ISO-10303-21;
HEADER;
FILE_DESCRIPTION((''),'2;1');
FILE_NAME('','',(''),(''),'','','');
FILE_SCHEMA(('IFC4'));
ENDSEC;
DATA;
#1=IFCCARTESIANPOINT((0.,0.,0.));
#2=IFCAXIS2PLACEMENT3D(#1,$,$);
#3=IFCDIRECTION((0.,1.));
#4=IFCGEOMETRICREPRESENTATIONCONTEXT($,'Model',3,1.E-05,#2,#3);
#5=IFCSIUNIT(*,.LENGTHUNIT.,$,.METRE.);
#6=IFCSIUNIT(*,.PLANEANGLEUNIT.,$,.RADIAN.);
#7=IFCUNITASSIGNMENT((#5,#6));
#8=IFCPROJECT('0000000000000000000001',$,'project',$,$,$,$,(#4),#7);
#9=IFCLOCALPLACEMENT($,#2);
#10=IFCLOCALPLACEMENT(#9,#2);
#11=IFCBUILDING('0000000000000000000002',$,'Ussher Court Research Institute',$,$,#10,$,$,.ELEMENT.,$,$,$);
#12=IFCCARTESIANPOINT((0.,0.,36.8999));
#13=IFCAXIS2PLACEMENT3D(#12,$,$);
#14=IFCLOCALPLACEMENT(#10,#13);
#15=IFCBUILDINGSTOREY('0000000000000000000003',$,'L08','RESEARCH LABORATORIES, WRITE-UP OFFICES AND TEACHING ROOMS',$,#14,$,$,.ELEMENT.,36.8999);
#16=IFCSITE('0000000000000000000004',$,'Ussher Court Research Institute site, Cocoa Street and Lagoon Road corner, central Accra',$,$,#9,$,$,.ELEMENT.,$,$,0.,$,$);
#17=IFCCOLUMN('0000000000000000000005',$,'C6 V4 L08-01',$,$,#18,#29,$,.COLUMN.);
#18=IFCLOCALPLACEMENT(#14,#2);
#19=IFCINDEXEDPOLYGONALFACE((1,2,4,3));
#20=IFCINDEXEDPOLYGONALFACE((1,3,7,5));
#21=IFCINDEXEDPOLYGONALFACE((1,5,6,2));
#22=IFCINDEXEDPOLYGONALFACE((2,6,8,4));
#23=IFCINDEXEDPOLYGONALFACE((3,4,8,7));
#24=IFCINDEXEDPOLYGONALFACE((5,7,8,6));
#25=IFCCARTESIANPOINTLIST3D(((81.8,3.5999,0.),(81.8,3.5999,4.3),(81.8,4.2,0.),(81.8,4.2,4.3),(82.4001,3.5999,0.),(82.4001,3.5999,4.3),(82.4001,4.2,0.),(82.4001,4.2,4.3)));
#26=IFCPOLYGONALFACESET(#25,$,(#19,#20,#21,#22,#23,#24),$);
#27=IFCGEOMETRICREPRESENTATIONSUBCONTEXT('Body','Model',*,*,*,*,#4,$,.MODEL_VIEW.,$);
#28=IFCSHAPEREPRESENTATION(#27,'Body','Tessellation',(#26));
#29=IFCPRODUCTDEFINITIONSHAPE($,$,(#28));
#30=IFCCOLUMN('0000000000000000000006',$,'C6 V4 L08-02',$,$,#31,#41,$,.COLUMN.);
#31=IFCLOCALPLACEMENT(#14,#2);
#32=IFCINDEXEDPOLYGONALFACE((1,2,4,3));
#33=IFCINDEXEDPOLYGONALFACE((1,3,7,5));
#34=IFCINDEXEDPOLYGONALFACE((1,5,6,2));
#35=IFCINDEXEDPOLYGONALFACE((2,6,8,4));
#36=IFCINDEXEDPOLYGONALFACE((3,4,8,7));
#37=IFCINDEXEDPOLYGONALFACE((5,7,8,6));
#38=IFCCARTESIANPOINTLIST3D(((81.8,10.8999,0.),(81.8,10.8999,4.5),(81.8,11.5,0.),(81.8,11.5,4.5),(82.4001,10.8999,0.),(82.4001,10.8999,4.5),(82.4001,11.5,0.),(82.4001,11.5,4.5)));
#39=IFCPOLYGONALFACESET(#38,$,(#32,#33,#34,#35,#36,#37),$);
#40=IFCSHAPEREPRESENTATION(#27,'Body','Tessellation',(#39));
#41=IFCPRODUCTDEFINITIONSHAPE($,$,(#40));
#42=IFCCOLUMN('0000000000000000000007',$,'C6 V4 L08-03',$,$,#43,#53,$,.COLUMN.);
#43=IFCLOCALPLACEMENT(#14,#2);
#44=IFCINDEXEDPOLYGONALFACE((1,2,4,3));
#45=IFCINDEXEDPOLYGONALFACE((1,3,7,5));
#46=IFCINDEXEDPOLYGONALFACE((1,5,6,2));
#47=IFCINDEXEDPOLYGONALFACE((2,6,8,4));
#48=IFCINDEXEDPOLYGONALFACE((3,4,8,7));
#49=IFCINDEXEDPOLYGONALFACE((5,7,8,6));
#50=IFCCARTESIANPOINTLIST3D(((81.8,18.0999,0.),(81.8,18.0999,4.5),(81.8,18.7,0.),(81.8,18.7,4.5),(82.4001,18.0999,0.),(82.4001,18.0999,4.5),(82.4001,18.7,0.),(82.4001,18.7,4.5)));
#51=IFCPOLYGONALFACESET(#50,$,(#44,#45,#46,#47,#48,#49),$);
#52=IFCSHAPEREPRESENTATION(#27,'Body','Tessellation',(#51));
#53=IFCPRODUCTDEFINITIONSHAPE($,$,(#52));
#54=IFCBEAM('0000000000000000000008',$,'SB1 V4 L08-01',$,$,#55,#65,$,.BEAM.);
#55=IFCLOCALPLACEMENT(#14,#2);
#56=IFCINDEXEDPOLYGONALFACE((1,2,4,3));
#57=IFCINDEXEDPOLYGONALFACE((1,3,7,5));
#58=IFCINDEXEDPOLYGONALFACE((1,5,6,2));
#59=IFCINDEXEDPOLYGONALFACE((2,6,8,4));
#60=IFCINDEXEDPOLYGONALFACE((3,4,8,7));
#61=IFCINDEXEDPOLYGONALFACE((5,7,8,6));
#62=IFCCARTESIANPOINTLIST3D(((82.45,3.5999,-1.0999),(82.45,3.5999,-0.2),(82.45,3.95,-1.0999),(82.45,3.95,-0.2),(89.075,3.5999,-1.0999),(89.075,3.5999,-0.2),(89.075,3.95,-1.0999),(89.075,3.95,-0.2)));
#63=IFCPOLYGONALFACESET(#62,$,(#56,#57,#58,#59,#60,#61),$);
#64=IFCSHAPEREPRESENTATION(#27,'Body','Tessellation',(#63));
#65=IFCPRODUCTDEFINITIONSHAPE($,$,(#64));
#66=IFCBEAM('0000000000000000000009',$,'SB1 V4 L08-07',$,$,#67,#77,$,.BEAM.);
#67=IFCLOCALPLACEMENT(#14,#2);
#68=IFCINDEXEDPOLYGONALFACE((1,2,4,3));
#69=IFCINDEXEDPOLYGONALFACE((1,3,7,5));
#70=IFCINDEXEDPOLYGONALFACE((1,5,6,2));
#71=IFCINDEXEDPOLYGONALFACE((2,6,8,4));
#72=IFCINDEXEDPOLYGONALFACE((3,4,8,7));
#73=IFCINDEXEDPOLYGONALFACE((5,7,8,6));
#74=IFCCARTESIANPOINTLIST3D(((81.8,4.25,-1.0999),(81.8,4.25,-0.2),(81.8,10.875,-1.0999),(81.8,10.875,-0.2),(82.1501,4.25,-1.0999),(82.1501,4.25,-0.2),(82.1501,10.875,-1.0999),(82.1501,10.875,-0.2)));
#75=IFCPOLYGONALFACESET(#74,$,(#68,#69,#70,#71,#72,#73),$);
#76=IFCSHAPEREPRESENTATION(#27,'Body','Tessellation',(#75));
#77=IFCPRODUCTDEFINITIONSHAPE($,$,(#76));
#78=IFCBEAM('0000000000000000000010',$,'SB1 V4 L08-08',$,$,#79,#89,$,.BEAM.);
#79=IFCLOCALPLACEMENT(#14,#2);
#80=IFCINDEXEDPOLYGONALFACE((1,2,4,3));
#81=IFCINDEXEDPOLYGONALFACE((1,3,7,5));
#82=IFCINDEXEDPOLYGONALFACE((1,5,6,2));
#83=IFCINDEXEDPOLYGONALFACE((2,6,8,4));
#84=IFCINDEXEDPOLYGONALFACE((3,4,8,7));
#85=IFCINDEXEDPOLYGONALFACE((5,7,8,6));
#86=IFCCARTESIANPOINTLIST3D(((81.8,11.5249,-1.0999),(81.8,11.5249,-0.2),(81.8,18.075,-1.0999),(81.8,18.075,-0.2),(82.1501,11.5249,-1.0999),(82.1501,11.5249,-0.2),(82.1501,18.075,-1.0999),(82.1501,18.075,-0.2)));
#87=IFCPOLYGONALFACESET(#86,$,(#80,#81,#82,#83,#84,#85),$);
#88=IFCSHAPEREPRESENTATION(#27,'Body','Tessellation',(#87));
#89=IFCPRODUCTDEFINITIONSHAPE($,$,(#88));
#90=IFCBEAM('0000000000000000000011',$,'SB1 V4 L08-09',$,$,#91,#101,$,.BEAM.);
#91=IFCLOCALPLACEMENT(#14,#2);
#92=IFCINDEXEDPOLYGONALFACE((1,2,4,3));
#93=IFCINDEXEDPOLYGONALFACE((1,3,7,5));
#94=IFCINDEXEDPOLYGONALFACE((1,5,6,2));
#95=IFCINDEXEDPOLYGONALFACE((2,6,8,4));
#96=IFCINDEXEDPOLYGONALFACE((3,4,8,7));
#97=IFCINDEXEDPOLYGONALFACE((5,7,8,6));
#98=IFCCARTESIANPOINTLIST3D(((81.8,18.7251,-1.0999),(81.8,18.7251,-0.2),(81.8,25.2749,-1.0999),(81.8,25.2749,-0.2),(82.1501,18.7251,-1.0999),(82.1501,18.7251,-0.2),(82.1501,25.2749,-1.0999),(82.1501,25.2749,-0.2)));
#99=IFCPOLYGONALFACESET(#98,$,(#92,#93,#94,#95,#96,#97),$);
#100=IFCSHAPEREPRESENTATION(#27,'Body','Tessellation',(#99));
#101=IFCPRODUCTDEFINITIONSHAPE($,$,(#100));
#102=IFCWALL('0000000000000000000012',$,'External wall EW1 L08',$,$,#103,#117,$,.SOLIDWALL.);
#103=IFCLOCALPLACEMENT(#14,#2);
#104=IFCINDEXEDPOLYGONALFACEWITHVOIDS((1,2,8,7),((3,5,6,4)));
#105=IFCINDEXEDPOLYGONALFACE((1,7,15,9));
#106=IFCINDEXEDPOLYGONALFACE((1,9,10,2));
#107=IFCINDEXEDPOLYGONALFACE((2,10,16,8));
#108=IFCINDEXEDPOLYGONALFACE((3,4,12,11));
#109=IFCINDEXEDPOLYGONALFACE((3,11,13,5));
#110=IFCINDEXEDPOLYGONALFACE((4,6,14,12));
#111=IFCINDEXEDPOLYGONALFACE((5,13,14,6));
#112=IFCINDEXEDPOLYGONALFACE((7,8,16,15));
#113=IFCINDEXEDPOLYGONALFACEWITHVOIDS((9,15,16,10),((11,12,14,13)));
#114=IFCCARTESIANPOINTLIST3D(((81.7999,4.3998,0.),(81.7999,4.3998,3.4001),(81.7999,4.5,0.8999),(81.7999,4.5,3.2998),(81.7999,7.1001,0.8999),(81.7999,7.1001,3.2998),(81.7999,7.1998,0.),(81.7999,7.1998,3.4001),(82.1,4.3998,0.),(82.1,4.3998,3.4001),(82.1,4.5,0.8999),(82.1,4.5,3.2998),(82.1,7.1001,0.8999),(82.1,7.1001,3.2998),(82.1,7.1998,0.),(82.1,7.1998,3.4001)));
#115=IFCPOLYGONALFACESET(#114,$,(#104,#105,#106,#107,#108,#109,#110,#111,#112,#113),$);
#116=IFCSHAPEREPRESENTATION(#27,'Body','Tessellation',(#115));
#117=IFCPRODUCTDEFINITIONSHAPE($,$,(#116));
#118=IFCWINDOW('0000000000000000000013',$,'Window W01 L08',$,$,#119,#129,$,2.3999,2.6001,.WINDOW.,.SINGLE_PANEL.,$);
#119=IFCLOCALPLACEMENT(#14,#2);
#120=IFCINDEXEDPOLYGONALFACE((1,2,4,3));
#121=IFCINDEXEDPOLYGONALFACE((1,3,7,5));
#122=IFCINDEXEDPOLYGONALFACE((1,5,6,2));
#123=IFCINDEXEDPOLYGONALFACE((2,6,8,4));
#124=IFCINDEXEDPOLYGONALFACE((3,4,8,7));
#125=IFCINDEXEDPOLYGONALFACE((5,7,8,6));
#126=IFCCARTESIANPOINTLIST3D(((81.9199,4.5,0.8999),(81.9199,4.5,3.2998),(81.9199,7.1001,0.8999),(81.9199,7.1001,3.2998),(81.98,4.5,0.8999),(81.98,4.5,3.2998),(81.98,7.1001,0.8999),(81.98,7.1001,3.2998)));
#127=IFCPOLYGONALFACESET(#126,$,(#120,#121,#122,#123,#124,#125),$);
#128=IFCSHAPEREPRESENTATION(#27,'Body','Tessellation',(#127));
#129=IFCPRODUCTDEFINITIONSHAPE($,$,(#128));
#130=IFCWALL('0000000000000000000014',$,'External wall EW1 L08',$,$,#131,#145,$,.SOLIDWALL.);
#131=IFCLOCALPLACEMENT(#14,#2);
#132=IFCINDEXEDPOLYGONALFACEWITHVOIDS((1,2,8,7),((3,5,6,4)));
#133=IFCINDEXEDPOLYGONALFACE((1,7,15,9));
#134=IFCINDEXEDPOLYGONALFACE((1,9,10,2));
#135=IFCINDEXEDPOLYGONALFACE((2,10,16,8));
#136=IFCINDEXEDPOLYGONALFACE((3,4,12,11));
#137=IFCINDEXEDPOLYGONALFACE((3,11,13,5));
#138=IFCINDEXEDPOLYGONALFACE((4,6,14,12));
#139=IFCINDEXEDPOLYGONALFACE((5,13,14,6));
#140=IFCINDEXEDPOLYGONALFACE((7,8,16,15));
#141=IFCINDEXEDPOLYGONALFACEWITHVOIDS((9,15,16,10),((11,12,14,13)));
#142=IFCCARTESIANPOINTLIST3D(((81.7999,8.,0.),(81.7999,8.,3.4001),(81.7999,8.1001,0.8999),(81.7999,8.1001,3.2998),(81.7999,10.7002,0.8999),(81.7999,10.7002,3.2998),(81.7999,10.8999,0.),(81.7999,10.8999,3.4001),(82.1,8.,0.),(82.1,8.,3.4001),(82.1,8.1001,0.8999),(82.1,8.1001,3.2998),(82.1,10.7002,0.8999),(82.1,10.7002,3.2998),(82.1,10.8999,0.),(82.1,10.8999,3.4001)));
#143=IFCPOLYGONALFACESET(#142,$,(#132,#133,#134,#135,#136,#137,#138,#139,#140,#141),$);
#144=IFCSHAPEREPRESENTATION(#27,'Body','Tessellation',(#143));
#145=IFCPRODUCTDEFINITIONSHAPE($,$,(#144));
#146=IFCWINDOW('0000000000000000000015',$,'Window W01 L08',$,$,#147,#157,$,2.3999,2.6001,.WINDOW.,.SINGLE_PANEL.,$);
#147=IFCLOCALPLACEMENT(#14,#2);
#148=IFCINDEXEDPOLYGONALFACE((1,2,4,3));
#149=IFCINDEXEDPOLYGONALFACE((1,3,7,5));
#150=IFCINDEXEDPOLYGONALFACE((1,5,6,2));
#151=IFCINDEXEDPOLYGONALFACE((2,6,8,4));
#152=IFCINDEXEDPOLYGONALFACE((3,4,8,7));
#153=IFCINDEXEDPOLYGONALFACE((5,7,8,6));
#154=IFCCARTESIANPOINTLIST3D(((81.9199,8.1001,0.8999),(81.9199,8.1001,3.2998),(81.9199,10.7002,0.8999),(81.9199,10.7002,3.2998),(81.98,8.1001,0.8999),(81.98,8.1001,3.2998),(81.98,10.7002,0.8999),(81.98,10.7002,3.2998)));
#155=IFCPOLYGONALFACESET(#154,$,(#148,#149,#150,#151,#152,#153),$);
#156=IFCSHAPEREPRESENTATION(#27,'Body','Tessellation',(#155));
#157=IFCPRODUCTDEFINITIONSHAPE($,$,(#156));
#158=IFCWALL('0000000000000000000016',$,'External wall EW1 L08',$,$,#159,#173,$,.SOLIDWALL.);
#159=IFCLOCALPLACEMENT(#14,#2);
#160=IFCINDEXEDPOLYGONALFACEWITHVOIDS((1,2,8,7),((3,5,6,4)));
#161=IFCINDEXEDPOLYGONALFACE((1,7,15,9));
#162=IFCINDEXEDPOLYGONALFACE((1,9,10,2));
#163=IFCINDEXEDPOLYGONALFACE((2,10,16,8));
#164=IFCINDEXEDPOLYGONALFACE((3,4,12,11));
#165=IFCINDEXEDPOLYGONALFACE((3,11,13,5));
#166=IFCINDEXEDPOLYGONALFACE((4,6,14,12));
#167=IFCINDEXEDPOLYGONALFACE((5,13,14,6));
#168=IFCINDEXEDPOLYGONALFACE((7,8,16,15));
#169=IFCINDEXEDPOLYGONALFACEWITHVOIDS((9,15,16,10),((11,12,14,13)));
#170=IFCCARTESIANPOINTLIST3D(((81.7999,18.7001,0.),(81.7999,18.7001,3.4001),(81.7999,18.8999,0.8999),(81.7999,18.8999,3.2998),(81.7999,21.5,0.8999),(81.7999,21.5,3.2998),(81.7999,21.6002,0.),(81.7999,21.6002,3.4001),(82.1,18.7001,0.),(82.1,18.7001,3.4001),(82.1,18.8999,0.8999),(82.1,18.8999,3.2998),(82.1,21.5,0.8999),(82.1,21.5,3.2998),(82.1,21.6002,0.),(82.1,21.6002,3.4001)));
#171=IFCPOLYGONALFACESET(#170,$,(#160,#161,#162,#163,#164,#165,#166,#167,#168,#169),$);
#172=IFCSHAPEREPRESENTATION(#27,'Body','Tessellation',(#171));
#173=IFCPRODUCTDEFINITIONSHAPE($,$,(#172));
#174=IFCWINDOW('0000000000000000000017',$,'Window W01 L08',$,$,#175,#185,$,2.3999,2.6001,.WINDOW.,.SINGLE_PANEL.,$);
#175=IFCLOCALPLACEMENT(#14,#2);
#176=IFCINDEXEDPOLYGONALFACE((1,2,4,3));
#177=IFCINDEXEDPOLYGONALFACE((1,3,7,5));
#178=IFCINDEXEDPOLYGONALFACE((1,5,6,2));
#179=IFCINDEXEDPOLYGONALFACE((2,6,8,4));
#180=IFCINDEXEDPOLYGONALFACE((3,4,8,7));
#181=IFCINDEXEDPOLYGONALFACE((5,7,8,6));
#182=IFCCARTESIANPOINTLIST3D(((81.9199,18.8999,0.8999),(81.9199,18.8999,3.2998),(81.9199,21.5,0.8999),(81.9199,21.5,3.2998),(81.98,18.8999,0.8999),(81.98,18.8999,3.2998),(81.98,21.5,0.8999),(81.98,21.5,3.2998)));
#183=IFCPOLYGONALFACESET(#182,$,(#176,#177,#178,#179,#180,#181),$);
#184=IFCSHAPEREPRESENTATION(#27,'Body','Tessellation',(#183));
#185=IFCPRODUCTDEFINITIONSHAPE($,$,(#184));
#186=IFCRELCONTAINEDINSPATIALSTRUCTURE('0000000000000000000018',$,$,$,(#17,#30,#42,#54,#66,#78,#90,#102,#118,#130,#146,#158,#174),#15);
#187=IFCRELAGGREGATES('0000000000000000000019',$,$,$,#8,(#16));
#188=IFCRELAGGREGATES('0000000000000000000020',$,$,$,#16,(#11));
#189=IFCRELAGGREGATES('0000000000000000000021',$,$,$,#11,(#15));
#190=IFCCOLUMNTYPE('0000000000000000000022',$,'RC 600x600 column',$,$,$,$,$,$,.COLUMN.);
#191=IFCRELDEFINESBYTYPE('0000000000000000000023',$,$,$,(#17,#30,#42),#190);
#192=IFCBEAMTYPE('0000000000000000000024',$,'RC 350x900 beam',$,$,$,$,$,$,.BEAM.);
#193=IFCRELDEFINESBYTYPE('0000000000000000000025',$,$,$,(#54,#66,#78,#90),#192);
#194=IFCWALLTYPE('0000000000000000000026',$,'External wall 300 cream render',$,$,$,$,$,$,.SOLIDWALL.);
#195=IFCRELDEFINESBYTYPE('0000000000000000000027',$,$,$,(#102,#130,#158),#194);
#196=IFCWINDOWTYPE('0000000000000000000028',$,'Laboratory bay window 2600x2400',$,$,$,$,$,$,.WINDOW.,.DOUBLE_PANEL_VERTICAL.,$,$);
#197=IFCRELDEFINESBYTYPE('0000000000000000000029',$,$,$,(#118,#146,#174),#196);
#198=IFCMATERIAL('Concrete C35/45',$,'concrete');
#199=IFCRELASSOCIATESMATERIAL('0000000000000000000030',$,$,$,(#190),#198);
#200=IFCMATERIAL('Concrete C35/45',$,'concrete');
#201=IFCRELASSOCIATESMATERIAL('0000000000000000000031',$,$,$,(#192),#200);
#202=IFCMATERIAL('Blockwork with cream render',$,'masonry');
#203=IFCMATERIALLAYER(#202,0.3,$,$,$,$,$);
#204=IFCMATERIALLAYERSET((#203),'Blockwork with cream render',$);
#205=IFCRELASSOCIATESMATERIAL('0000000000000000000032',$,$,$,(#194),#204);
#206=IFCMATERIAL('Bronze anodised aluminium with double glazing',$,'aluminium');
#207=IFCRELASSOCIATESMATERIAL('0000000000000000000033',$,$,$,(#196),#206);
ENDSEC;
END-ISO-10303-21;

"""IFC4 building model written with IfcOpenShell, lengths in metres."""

from ifc_helpers import new_model, si_unit, direction, frame, frame_2d, origin, origin_2d, place, context, subcontext, project, spatial, rectangle, extrude, material, layer, layer_set, material_profile, profile_set, type_object, element, fill, save


model = new_model("IFC4")

# Units and contexts
model_context = context("Model", 3, precision=1e-05, world=origin(), true_north=direction((0.0, 1.0)))
body_context = subcontext(model_context, "Body", "Model", "MODEL_VIEW")
ifc_project = project(units=[si_unit("LENGTHUNIT", "METRE"), si_unit("PLANEANGLEUNIT", "RADIAN")], contexts=[model_context])

# Site, building, storey
site_placement = place(None, origin())
site = spatial("IfcSite", under=ifc_project, at=site_placement, Name="Ussher Court Research Institute site, Cocoa Street and Lagoon Road corner, central Accra", CompositionType="ELEMENT", RefElevation=0.0)
building_placement = place(site_placement, origin())
building = spatial("IfcBuilding", under=site, at=building_placement, Name="Ussher Court Research Institute", CompositionType="ELEMENT")
storey_placement = place(building_placement, frame((0.0, 0.0, 36.8999)))
storey = spatial("IfcBuildingStorey", under=building, at=storey_placement, Name="L08", Description="RESEARCH LABORATORIES, WRITE-UP OFFICES AND TEACHING ROOMS", CompositionType="ELEMENT", Elevation=36.8999)

# Columns
ifc_material_1 = material(Name="Concrete C35/45", Category="concrete")
ifc_material_profile_1 = material_profile(ifc_material_1, rectangle(XDim=0.6001, YDim=0.6001, at=origin_2d()), Name="RC 600x600")
ifc_profile_set_1 = profile_set([ifc_material_profile_1], Name="Concrete C35/45")
column_type = type_object("IfcColumnType", Name="RC 600x600 column", PredefinedType="COLUMN", material=ifc_profile_set_1)
column_placement = place(storey_placement, frame((82.1001, 3.8999, 0.0), z_axis=(0.0, 0.0, 1.0), x_axis=(1.0, 0.0, 0.0)))
element("IfcColumn", 1, at=column_placement, inside=storey, type_object=column_type, Name="C6 V4 L08-01", PredefinedType="COLUMN", context=body_context, shape_type="SweptSolid", body=[
    extrude(rectangle(XDim=0.6001, YDim=0.6001, at=origin_2d()), origin(), (0.0, 0.0, 1.0), 4.3),
])
for number, where, z_axis, x_axis, name in (
    (2, (82.1001, 11.2, 0.0), (0.0, 0.0, 1.0), (1.0, 0.0, 0.0), "C6 V4 L08-02"),
    (3, (82.1001, 18.3999, 0.0), (0.0, 0.0, 1.0), (1.0, 0.0, 0.0), "C6 V4 L08-03"),
):
    element("IfcColumn", number, at=place(storey_placement, frame(where, z_axis=z_axis, x_axis=x_axis)), inside=storey, type_object=column_type, Name=name, PredefinedType="COLUMN", context=body_context, shape_type="SweptSolid", body=[
        extrude(rectangle(XDim=0.6001, YDim=0.6001, at=origin_2d()), origin(), (0.0, 0.0, 1.0), 4.5),
    ])

# Beams
ifc_material_2 = material(Name="Concrete C35/45", Category="concrete")
ifc_material_profile_2 = material_profile(ifc_material_2, rectangle(XDim=0.3501, YDim=0.8999, at=origin_2d()), Name="RC 350x900")
ifc_profile_set_2 = profile_set([ifc_material_profile_2], Name="Concrete C35/45")
beam_type = type_object("IfcBeamType", Name="RC 350x900 beam", PredefinedType="BEAM", material=ifc_profile_set_2)
for number, where, z_axis, x_axis, name in (
    (4, (82.45, 3.7749, -0.6499), (1.0, 0.0, 0.0), (0.0, 1.0, 0.0), "SB1 V4 L08-01"),
    (5, (81.9751, 4.25, -0.6499), (0.0, 1.0, 0.0), (-1.0, 0.0, 0.0), "SB1 V4 L08-07"),
):
    element("IfcBeam", number, at=place(storey_placement, frame(where, z_axis=z_axis, x_axis=x_axis)), inside=storey, type_object=beam_type, Name=name, PredefinedType="BEAM", context=body_context, shape_type="SweptSolid", body=[
        extrude(rectangle(XDim=0.3501, YDim=0.8999, at=origin_2d()), origin(), (0.0, 0.0, 1.0), 6.625),
    ])
beam_1_placement = place(storey_placement, frame((81.9751, 11.5249, -0.6499), z_axis=(0.0, 1.0, 0.0), x_axis=(-1.0, 0.0, 0.0)))
element("IfcBeam", 6, at=beam_1_placement, inside=storey, type_object=beam_type, Name="SB1 V4 L08-08", PredefinedType="BEAM", context=body_context, shape_type="SweptSolid", body=[
    extrude(rectangle(XDim=0.3501, YDim=0.8999, at=origin_2d()), origin(), (0.0, 0.0, 1.0), 6.55),
])
beam_2_placement = place(storey_placement, frame((81.9751, 18.7251, -0.6499), z_axis=(0.0, 1.0, 0.0), x_axis=(-1.0, 0.0, 0.0)))
element("IfcBeam", 7, at=beam_2_placement, inside=storey, type_object=beam_type, Name="SB1 V4 L08-09", PredefinedType="BEAM", context=body_context, shape_type="SweptSolid", body=[
    extrude(rectangle(XDim=0.3501, YDim=0.8999, at=origin_2d()), origin(), (0.0, 0.0, 1.0), 6.5498),
])

# Walls, openings, windows
ifc_material_3 = material(Name="Blockwork with cream render", Category="masonry")
ifc_layer_1 = layer(ifc_material_3, 0.3)
ifc_layer_set_1 = layer_set([ifc_layer_1], Name="Blockwork with cream render")
wall_type_1 = type_object("IfcWallType", Name="External wall 300 cream render", PredefinedType="SOLIDWALL", material=ifc_layer_set_1)
wall_1_placement = place(storey_placement, frame((81.95, 4.3999, 0.0), z_axis=(0.0, 0.0, 1.0), x_axis=(0.0, 1.0, 0.0)))
wall_1 = element("IfcWall", 8, at=wall_1_placement, inside=storey, type_object=wall_type_1, Name="External wall EW1 L08", PredefinedType="SOLIDWALL", context=body_context, shape_type="SweptSolid", body=[
    extrude(rectangle(XDim=2.8, YDim=0.3, at=frame_2d((1.3999, 0.0))), origin(), (0.0, 0.0, 1.0), 3.4001),
])
opening_1_placement = place(wall_1_placement, frame((0.1001, 0.0, 0.8999)))
opening_1 = element("IfcOpeningElement", 9, at=opening_1_placement, cuts=wall_1, PredefinedType="OPENING", context=body_context, shape_type="SweptSolid", body=[
    extrude(rectangle(XDim=2.6001, YDim=2.3999, at=frame_2d((1.3, 1.2))), frame((0.0, 0.1602, 0.0), z_axis=(0.0, -1.0, 0.0), x_axis=(1.0, 0.0, 0.0)), (0.0, 0.0, 1.0), 0.3201),
])
ifc_material_4 = material(Name="Bronze anodised aluminium with double glazing", Category="aluminium")
window_type_1 = type_object("IfcWindowType", Name="Laboratory bay window 2600x2400", PartitioningType="DOUBLE_PANEL_VERTICAL", PredefinedType="WINDOW", material=ifc_material_4)
window_1_placement = place(opening_1_placement, origin())
window_1 = element("IfcWindow", 10, at=window_1_placement, inside=storey, type_object=window_type_1, Name="Window W01 L08", OverallHeight=2.3999, OverallWidth=2.6001, PartitioningType="SINGLE_PANEL", PredefinedType="WINDOW", context=body_context, shape_type="SweptSolid", body=[
    extrude(rectangle(XDim=2.6001, YDim=2.3999, at=frame_2d((1.3, 1.2))), frame((0.0, 0.03, 0.0), z_axis=(0.0, -1.0, 0.0), x_axis=(1.0, 0.0, 0.0)), (0.0, 0.0, 1.0), 0.0601),
])
fill(opening_1, window_1)
wall_2_placement = place(storey_placement, frame((81.95, 8.0, 0.0), z_axis=(0.0, 0.0, 1.0), x_axis=(0.0, 1.0, 0.0)))
wall_2 = element("IfcWall", 11, at=wall_2_placement, inside=storey, type_object=wall_type_1, Name="External wall EW1 L08", PredefinedType="SOLIDWALL", context=body_context, shape_type="SweptSolid", body=[
    extrude(rectangle(XDim=2.8999, YDim=0.3, at=frame_2d((1.45, 0.0))), origin(), (0.0, 0.0, 1.0), 3.4001),
])
opening_2_placement = place(wall_2_placement, frame((0.1001, 0.0, 0.8999)))
opening_2 = element("IfcOpeningElement", 12, at=opening_2_placement, cuts=wall_2, PredefinedType="OPENING", context=body_context, shape_type="SweptSolid", body=[
    extrude(rectangle(XDim=2.6001, YDim=2.3999, at=frame_2d((1.3, 1.2))), frame((0.0, 0.1602, 0.0), z_axis=(0.0, -1.0, 0.0), x_axis=(1.0, 0.0, 0.0)), (0.0, 0.0, 1.0), 0.3201),
])
window_2_placement = place(opening_2_placement, origin())
window_2 = element("IfcWindow", 13, at=window_2_placement, inside=storey, type_object=window_type_1, Name="Window W01 L08", OverallHeight=2.3999, OverallWidth=2.6001, PartitioningType="SINGLE_PANEL", PredefinedType="WINDOW", context=body_context, shape_type="SweptSolid", body=[
    extrude(rectangle(XDim=2.6001, YDim=2.3999, at=frame_2d((1.3, 1.2))), frame((0.0, 0.03, 0.0), z_axis=(0.0, -1.0, 0.0), x_axis=(1.0, 0.0, 0.0)), (0.0, 0.0, 1.0), 0.0601),
])
fill(opening_2, window_2)
wall_3_placement = place(storey_placement, frame((81.95, 18.7, 0.0), z_axis=(0.0, 0.0, 1.0), x_axis=(0.0, 1.0, 0.0)))
wall_3 = element("IfcWall", 14, at=wall_3_placement, inside=storey, type_object=wall_type_1, Name="External wall EW1 L08", PredefinedType="SOLIDWALL", context=body_context, shape_type="SweptSolid", body=[
    extrude(rectangle(XDim=2.9001, YDim=0.3, at=frame_2d((1.4502, 0.0))), origin(), (0.0, 0.0, 1.0), 3.4001),
])
opening_3_placement = place(wall_3_placement, frame((0.2, 0.0, 0.8999)))
opening_3 = element("IfcOpeningElement", 15, at=opening_3_placement, cuts=wall_3, PredefinedType="OPENING", context=body_context, shape_type="SweptSolid", body=[
    extrude(rectangle(XDim=2.6001, YDim=2.3999, at=frame_2d((1.3, 1.2))), frame((0.0, 0.1602, 0.0), z_axis=(0.0, -1.0, 0.0), x_axis=(1.0, 0.0, 0.0)), (0.0, 0.0, 1.0), 0.3201),
])
window_3_placement = place(opening_3_placement, origin())
window_3 = element("IfcWindow", 16, at=window_3_placement, inside=storey, type_object=window_type_1, Name="Window W01 L08", OverallHeight=2.3999, OverallWidth=2.6001, PartitioningType="SINGLE_PANEL", PredefinedType="WINDOW", context=body_context, shape_type="SweptSolid", body=[
    extrude(rectangle(XDim=2.6001, YDim=2.3999, at=frame_2d((1.3, 1.2))), frame((0.0, 0.03, 0.0), z_axis=(0.0, -1.0, 0.0), x_axis=(1.0, 0.0, 0.0)), (0.0, 0.0, 1.0), 0.0601),
])
fill(opening_3, window_3)

save(model, "model.ifc")
